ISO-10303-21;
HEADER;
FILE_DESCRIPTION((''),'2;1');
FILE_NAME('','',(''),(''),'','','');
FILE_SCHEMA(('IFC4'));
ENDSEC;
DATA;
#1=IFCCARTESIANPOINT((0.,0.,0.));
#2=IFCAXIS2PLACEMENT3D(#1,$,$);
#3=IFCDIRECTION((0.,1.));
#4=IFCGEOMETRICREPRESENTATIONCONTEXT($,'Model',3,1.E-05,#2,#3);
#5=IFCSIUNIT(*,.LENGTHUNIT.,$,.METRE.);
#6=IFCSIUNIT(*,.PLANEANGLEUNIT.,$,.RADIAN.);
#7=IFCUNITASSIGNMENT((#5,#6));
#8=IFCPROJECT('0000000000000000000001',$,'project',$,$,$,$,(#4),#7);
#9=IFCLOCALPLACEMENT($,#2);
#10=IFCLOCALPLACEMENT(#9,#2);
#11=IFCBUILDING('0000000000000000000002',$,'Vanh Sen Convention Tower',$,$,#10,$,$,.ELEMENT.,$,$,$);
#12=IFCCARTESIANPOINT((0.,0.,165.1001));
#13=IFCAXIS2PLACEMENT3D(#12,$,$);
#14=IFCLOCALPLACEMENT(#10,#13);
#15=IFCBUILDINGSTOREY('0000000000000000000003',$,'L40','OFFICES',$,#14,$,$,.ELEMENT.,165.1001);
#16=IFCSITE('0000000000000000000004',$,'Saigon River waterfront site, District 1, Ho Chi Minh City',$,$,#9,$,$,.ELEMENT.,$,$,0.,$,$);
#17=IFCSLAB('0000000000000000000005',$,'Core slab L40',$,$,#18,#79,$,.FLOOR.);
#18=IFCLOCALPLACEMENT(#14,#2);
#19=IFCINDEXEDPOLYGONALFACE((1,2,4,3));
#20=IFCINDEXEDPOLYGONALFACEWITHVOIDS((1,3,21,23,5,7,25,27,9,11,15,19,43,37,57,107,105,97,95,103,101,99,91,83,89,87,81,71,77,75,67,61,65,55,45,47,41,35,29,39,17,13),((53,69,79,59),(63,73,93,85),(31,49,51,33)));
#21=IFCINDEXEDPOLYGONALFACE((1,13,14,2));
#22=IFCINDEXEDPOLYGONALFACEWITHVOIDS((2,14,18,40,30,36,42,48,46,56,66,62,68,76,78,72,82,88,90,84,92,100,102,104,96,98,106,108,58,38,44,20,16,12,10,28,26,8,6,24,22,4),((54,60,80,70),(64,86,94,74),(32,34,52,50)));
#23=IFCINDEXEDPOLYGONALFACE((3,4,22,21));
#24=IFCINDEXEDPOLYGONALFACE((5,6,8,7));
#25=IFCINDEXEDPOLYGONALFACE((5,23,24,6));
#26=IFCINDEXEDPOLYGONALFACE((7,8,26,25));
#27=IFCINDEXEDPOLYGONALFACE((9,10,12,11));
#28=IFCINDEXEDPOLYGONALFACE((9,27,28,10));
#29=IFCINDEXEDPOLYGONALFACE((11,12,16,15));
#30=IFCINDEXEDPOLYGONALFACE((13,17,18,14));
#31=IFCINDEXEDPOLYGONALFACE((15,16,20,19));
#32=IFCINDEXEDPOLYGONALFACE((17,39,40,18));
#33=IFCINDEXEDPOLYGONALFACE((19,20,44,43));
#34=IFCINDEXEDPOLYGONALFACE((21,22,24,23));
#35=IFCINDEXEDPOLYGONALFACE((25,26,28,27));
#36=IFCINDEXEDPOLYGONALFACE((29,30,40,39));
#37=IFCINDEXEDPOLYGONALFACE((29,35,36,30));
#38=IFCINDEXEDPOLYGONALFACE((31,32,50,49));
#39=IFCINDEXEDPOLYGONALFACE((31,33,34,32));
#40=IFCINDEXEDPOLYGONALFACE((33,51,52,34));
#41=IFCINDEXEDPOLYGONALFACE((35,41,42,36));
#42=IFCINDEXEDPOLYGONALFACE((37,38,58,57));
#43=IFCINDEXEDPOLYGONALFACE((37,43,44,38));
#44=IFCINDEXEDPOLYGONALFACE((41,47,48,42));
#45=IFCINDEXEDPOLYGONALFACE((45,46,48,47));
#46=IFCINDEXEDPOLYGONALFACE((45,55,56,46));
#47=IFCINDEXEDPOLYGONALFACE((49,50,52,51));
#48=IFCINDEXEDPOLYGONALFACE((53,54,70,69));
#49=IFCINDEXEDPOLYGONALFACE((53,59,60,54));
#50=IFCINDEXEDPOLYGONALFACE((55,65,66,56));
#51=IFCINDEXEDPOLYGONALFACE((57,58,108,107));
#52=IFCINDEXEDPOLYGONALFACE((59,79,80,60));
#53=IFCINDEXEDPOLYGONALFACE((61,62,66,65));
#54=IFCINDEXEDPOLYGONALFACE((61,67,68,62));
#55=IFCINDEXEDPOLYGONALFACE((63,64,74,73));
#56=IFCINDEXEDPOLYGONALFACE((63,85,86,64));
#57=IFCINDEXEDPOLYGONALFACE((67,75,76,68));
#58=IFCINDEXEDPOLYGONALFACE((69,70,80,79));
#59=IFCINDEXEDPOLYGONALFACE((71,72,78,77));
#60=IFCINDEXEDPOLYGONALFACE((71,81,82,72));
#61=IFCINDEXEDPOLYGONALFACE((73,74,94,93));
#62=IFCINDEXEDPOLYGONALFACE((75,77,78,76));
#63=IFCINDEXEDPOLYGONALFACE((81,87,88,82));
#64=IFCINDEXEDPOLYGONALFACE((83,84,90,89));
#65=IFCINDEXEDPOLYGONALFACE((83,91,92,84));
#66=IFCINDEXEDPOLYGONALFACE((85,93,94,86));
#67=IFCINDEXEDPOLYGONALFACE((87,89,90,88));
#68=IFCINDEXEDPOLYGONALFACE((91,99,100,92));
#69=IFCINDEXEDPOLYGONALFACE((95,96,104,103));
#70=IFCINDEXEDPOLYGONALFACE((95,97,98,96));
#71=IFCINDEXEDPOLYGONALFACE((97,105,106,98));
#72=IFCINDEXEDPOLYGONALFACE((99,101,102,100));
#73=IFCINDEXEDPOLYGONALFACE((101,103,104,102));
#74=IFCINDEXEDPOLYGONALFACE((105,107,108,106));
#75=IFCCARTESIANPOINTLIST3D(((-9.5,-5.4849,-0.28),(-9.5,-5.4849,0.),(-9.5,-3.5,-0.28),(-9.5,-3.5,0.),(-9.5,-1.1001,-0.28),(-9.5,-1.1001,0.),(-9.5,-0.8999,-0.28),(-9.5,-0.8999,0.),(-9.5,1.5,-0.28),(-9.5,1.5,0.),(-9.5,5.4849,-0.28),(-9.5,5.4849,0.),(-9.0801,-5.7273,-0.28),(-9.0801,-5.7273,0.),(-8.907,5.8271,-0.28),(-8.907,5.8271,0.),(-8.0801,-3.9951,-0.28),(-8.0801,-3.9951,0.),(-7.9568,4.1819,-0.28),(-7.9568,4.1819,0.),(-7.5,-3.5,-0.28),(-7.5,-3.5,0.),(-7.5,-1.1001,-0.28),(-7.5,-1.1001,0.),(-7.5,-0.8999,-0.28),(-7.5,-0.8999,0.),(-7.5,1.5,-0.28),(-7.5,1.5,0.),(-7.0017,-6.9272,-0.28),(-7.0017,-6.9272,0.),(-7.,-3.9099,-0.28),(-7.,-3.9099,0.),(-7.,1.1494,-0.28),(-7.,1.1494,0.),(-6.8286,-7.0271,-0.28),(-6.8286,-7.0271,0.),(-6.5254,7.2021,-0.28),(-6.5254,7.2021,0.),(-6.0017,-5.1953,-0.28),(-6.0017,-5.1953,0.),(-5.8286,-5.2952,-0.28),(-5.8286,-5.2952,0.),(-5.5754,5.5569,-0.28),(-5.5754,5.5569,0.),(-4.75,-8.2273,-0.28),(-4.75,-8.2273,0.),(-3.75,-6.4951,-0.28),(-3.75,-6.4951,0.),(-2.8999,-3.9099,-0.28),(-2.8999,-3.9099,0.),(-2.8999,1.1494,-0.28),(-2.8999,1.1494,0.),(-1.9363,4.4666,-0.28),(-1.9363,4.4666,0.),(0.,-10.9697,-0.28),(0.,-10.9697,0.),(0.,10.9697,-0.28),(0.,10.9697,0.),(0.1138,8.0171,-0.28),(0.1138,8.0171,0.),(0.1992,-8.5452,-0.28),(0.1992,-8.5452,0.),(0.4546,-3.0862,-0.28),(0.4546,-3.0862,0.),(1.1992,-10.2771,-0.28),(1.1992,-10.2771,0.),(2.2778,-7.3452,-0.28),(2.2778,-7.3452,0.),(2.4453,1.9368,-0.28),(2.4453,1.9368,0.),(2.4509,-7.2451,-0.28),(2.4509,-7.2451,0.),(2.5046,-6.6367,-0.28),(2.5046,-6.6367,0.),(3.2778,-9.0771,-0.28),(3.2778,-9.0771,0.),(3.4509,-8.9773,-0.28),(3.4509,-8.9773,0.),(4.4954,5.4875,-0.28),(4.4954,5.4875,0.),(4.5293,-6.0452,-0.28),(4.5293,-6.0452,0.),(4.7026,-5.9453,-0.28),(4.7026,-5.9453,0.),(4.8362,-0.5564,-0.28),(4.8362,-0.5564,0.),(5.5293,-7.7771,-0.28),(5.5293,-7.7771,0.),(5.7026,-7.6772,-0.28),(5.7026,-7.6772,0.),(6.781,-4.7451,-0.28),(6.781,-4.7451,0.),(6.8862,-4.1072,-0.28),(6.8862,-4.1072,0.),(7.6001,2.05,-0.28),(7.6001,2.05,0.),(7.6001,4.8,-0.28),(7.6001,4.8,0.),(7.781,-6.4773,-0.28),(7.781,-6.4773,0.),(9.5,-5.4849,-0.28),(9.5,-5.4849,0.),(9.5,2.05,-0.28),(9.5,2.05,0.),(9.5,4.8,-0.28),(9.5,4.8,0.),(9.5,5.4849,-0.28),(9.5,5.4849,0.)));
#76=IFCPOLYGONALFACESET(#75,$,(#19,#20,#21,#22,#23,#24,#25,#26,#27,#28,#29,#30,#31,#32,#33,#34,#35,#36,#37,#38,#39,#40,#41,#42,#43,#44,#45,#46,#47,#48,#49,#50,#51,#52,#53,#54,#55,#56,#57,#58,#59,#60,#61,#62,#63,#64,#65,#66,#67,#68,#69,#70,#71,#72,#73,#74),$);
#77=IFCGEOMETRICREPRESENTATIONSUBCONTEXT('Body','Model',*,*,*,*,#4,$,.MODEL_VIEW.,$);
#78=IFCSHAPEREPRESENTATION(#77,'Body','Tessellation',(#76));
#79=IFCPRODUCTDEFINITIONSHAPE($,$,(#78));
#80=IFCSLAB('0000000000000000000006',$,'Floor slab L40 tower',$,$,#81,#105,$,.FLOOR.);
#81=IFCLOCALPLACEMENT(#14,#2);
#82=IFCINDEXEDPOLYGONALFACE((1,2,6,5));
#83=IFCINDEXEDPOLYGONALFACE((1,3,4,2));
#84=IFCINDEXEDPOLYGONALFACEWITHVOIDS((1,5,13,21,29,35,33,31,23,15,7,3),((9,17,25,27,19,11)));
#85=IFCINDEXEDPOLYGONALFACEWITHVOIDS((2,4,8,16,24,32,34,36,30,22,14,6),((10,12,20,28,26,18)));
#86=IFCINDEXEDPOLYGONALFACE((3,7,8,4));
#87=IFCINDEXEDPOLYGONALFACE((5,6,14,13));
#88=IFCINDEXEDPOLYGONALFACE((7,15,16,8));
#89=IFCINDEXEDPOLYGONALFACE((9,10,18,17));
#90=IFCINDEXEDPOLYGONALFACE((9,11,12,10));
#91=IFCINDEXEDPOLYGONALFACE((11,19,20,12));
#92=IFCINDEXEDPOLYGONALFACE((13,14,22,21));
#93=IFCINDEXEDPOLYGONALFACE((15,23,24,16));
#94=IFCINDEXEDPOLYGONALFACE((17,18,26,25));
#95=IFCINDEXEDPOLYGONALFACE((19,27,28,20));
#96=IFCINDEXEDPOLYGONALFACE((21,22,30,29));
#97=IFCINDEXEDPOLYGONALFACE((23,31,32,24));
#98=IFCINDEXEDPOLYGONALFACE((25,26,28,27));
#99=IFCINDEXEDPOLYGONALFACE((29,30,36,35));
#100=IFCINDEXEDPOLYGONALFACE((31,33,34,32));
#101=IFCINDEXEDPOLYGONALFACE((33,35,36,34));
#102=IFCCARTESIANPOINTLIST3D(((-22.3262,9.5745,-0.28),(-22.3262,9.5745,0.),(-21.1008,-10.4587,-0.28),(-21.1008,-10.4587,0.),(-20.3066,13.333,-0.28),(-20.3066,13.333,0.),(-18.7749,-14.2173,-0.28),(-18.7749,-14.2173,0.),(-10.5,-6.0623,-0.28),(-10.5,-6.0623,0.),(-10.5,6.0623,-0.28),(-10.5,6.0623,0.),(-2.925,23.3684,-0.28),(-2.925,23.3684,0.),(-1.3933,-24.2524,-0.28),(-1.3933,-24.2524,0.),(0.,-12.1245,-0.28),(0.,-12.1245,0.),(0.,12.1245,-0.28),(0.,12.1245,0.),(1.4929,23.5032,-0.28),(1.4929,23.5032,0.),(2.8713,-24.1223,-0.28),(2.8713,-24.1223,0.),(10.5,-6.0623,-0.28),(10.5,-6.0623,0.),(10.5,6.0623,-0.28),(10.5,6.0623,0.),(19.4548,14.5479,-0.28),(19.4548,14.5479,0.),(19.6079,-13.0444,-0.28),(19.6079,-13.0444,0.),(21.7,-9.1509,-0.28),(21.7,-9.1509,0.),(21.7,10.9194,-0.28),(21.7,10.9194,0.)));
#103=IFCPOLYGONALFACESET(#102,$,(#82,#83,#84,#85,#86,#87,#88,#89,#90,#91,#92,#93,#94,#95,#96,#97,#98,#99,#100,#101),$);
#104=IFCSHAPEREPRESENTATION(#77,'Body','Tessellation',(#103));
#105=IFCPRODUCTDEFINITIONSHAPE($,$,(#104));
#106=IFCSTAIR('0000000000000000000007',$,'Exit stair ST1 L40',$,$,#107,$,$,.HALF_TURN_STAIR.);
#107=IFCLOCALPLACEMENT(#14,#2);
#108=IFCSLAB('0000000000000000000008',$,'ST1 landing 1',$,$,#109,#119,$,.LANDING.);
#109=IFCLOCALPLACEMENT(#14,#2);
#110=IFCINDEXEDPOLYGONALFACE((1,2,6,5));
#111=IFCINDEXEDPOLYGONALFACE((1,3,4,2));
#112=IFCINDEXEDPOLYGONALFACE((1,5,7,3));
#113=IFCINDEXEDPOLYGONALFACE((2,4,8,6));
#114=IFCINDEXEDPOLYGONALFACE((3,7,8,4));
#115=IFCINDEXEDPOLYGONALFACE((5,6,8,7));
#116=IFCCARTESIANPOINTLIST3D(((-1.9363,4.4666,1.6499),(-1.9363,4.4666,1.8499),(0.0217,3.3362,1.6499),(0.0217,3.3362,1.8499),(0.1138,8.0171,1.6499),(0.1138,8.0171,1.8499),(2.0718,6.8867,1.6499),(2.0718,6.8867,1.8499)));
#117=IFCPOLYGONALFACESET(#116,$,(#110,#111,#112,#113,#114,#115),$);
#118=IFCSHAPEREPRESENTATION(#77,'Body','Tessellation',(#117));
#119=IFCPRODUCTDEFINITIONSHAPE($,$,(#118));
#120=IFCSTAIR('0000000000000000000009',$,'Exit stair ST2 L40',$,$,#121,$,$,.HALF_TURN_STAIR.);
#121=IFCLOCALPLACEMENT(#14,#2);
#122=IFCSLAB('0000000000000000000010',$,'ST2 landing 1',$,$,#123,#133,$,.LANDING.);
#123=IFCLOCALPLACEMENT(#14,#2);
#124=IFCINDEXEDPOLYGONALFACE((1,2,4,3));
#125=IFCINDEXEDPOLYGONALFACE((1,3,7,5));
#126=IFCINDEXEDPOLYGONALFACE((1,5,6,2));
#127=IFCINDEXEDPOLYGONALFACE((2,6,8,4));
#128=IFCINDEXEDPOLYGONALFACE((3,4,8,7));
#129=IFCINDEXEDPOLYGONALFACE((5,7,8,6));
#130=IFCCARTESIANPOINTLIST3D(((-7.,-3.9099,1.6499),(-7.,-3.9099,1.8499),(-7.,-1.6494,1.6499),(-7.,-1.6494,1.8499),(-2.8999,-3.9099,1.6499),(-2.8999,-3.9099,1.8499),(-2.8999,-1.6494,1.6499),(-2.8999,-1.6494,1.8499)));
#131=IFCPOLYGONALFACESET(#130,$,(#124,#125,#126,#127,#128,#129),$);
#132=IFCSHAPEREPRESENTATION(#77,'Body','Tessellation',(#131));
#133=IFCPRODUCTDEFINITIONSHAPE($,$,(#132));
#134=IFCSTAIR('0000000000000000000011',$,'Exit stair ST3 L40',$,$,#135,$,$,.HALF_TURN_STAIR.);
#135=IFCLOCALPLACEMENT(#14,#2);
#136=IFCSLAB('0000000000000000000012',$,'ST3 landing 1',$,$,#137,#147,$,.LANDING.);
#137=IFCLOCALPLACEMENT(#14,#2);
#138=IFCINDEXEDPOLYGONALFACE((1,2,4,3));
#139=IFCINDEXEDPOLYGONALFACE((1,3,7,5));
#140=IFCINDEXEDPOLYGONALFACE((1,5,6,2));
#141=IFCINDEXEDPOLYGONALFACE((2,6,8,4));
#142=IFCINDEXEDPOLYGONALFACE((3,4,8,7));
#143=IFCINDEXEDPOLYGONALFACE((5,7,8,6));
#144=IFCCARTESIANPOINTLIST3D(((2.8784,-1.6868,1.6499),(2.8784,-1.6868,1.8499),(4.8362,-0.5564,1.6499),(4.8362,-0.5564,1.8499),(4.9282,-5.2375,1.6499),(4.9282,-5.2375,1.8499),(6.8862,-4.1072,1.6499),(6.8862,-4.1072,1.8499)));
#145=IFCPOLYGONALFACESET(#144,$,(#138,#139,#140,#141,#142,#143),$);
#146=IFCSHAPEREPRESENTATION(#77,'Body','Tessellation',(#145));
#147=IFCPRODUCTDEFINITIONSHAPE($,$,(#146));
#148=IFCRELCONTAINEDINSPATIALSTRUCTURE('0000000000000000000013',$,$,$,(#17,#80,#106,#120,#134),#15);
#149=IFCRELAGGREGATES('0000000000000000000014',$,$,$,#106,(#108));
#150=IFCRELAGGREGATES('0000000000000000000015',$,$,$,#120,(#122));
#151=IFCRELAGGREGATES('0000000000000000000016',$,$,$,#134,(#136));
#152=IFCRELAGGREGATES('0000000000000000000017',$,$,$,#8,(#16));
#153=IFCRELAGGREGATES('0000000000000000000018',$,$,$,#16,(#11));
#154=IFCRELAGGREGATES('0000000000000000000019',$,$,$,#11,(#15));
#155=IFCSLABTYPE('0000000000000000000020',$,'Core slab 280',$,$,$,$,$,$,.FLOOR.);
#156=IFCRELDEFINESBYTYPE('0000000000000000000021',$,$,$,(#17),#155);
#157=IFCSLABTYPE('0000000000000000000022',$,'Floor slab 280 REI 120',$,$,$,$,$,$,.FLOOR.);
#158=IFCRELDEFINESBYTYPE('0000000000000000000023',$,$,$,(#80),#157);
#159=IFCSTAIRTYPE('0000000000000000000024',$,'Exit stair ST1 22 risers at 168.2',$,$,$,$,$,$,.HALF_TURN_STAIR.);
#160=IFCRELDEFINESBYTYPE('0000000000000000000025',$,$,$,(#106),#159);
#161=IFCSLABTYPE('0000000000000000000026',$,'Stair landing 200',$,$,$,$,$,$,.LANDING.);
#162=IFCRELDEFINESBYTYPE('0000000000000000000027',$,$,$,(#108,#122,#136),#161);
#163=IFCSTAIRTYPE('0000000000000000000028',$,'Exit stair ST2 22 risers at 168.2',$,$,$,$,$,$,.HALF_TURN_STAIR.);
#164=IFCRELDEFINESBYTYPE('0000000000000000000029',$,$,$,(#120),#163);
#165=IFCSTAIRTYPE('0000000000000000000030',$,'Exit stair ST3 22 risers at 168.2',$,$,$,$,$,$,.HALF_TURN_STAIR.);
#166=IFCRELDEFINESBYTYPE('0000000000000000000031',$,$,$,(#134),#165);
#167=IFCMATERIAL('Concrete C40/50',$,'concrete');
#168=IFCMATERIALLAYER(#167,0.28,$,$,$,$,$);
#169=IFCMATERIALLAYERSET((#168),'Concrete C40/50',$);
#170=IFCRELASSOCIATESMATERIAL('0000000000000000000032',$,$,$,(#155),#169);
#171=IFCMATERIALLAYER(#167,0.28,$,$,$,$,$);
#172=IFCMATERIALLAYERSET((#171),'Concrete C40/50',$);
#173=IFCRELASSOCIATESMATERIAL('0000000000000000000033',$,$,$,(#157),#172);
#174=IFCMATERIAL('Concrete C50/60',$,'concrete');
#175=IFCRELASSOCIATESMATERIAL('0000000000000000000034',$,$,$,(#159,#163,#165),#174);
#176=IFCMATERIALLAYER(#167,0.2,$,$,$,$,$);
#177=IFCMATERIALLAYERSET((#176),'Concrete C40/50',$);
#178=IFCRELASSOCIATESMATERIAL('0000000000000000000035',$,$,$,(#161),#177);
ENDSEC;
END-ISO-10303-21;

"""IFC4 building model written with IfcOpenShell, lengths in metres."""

from ifc_helpers import new_model, si_unit, direction, frame, origin, place, context, subcontext, project, spatial, polyline, outline, extrude, material, layer, layer_set, type_object, element, aggregate, save


model = new_model("IFC4")

# Units and contexts
model_context = context("Model", 3, precision=1e-05, world=origin(), true_north=direction((0.0, 1.0)))
body_context = subcontext(model_context, "Body", "Model", "MODEL_VIEW")
ifc_project = project(units=[si_unit("LENGTHUNIT", "METRE"), si_unit("PLANEANGLEUNIT", "RADIAN")], contexts=[model_context])

# Site, building, storey
site_placement = place(None, origin())
site = spatial("IfcSite", under=ifc_project, at=site_placement, Name="Saigon River waterfront site, District 1, Ho Chi Minh City", CompositionType="ELEMENT", RefElevation=0.0)
building_placement = place(site_placement, origin())
building = spatial("IfcBuilding", under=site, at=building_placement, Name="Vanh Sen Convention Tower", CompositionType="ELEMENT")
storey_placement = place(building_placement, frame((0.0, 0.0, 165.1001)))
storey = spatial("IfcBuildingStorey", under=building, at=storey_placement, Name="L40", Description="OFFICES", CompositionType="ELEMENT", Elevation=165.1001)

# Slabs
ifc_material_1 = material(Name="Concrete C40/50", Category="concrete")
ifc_layer_1 = layer(ifc_material_1, 0.28)
ifc_layer_set_1 = layer_set([ifc_layer_1], Name="Concrete C40/50")
slab_type_1 = type_object("IfcSlabType", Name="Core slab 280", PredefinedType="FLOOR", material=ifc_layer_set_1)
slab_1_placement = place(storey_placement, frame((0.0, 0.0, -0.28)))
element("IfcSlab", 1, at=slab_1_placement, inside=storey, type_object=slab_type_1, Name="Core slab L40", PredefinedType="FLOOR", context=body_context, shape_type="SweptSolid", body=[
    extrude(outline(polyline([(0.0, 10.9697), (9.5, 5.4849), (9.5, 4.8), (7.6001, 4.8), (7.6001, 2.05), (9.5, 2.05), (9.5, -5.4849), (7.781, -6.4773), (6.781, -4.7451), (4.7026, -5.9453), (5.7026, -7.6772), (5.5293, -7.7771), (4.5293, -6.0452), (2.4509, -7.2451), (3.4509, -8.9773), (3.2778, -9.0771), (2.2778, -7.3452), (0.1992, -8.5452), (1.1992, -10.2771), (0.0, -10.9697), (-4.75, -8.2273), (-3.75, -6.4951), (-5.8286, -5.2952), (-6.8286, -7.0271), (-7.0017, -6.9272), (-6.0017, -5.1953), (-8.0801, -3.9951), (-9.0801, -5.7273), (-9.5, -5.4849), (-9.5, -3.5), (-7.5, -3.5), (-7.5, -1.1001), (-9.5, -1.1001), (-9.5, -0.8999), (-7.5, -0.8999), (-7.5, 1.5), (-9.5, 1.5), (-9.5, 5.4849), (-8.907, 5.8271), (-7.9568, 4.1819), (-5.5754, 5.5569), (-6.5254, 7.2021), (0.0, 10.9697)]), holes=[polyline([(-7.0, 1.1494), (-7.0, -3.9099), (-2.8999, -3.9099), (-2.8999, 1.1494), (-7.0, 1.1494)]), polyline([(2.5046, -6.6367), (6.8862, -4.1072), (4.8362, -0.5564), (0.4546, -3.0862), (2.5046, -6.6367)]), polyline([(0.1138, 8.0171), (-1.9363, 4.4666), (2.4453, 1.9368), (4.4954, 5.4875), (0.1138, 8.0171)])]), origin(), (0.0, 0.0, 1.0), 0.28),
])
ifc_layer_2 = layer(ifc_material_1, 0.28)
ifc_layer_set_2 = layer_set([ifc_layer_2], Name="Concrete C40/50")
slab_type_2 = type_object("IfcSlabType", Name="Floor slab 280 REI 120", PredefinedType="FLOOR", material=ifc_layer_set_2)
slab_2_placement = place(storey_placement, frame((0.0, 0.0, -0.28)))
element("IfcSlab", 2, at=slab_2_placement, inside=storey, type_object=slab_type_2, Name="Floor slab L40 tower", PredefinedType="FLOOR", context=body_context, shape_type="SweptSolid", body=[
    extrude(outline(polyline([(21.7, -9.1509), (21.7, 10.9194), (19.4548, 14.5479), (1.4929, 23.5032), (-2.925, 23.3684), (-20.3066, 13.333), (-22.3262, 9.5745), (-21.1008, -10.4587), (-18.7749, -14.2173), (-1.3933, -24.2524), (2.8713, -24.1223), (19.6079, -13.0444), (21.7, -9.1509)]), holes=[polyline([(0.0, 12.1245), (-10.5, 6.0623), (-10.5, -6.0623), (0.0, -12.1245), (10.5, -6.0623), (10.5, 6.0623), (0.0, 12.1245)])]), origin(), (0.0, 0.0, 1.0), 0.28),
])

# Stairs, slabs
ifc_material_2 = material(Name="Concrete C50/60", Category="concrete")
stair_type_1 = type_object("IfcStairType", Name="Exit stair ST1 22 risers at 168.2", PredefinedType="HALF_TURN_STAIR", material=ifc_material_2)
stair_1_placement = place(storey_placement, origin())
stair_1 = element("IfcStair", 3, at=stair_1_placement, inside=storey, type_object=stair_type_1, Name="Exit stair ST1 L40", PredefinedType="HALF_TURN_STAIR")
ifc_layer_3 = layer(ifc_material_1, 0.2)
ifc_layer_set_3 = layer_set([ifc_layer_3], Name="Concrete C40/50")
slab_type_3 = type_object("IfcSlabType", Name="Stair landing 200", PredefinedType="LANDING", material=ifc_layer_set_3)
slab_3_placement = place(storey_placement, frame((0.0, 0.0, 1.6499)))
slab_3 = element("IfcSlab", 4, at=slab_3_placement, type_object=slab_type_3, Name="ST1 landing 1", PredefinedType="LANDING", context=body_context, shape_type="SweptSolid", body=[
    extrude(outline(polyline([(2.0718, 6.8867), (0.1138, 8.0171), (-1.9363, 4.4666), (0.0217, 3.3362), (2.0718, 6.8867)])), origin(), (0.0, 0.0, 1.0), 0.2),
])
aggregate(stair_1, [slab_3])
stair_type_2 = type_object("IfcStairType", Name="Exit stair ST2 22 risers at 168.2", PredefinedType="HALF_TURN_STAIR", material=ifc_material_2)
stair_2_placement = place(storey_placement, origin())
stair_2 = element("IfcStair", 5, at=stair_2_placement, inside=storey, type_object=stair_type_2, Name="Exit stair ST2 L40", PredefinedType="HALF_TURN_STAIR")
slab_4_placement = place(storey_placement, frame((0.0, 0.0, 1.6499)))
slab_4 = element("IfcSlab", 6, at=slab_4_placement, type_object=slab_type_3, Name="ST2 landing 1", PredefinedType="LANDING", context=body_context, shape_type="SweptSolid", body=[
    extrude(outline(polyline([(-7.0, -1.6494), (-7.0, -3.9099), (-2.8999, -3.9099), (-2.8999, -1.6494), (-7.0, -1.6494)])), origin(), (0.0, 0.0, 1.0), 0.2),
])
aggregate(stair_2, [slab_4])
stair_type_3 = type_object("IfcStairType", Name="Exit stair ST3 22 risers at 168.2", PredefinedType="HALF_TURN_STAIR", material=ifc_material_2)
stair_3_placement = place(storey_placement, origin())
stair_3 = element("IfcStair", 7, at=stair_3_placement, inside=storey, type_object=stair_type_3, Name="Exit stair ST3 L40", PredefinedType="HALF_TURN_STAIR")
slab_5_placement = place(storey_placement, frame((0.0, 0.0, 1.6499)))
slab_5 = element("IfcSlab", 8, at=slab_5_placement, type_object=slab_type_3, Name="ST3 landing 1", PredefinedType="LANDING", context=body_context, shape_type="SweptSolid", body=[
    extrude(outline(polyline([(4.9282, -5.2375), (6.8862, -4.1072), (4.8362, -0.5564), (2.8784, -1.6868), (4.9282, -5.2375)])), origin(), (0.0, 0.0, 1.0), 0.2),
])
aggregate(stair_3, [slab_5])

save(model, "model.ifc")
